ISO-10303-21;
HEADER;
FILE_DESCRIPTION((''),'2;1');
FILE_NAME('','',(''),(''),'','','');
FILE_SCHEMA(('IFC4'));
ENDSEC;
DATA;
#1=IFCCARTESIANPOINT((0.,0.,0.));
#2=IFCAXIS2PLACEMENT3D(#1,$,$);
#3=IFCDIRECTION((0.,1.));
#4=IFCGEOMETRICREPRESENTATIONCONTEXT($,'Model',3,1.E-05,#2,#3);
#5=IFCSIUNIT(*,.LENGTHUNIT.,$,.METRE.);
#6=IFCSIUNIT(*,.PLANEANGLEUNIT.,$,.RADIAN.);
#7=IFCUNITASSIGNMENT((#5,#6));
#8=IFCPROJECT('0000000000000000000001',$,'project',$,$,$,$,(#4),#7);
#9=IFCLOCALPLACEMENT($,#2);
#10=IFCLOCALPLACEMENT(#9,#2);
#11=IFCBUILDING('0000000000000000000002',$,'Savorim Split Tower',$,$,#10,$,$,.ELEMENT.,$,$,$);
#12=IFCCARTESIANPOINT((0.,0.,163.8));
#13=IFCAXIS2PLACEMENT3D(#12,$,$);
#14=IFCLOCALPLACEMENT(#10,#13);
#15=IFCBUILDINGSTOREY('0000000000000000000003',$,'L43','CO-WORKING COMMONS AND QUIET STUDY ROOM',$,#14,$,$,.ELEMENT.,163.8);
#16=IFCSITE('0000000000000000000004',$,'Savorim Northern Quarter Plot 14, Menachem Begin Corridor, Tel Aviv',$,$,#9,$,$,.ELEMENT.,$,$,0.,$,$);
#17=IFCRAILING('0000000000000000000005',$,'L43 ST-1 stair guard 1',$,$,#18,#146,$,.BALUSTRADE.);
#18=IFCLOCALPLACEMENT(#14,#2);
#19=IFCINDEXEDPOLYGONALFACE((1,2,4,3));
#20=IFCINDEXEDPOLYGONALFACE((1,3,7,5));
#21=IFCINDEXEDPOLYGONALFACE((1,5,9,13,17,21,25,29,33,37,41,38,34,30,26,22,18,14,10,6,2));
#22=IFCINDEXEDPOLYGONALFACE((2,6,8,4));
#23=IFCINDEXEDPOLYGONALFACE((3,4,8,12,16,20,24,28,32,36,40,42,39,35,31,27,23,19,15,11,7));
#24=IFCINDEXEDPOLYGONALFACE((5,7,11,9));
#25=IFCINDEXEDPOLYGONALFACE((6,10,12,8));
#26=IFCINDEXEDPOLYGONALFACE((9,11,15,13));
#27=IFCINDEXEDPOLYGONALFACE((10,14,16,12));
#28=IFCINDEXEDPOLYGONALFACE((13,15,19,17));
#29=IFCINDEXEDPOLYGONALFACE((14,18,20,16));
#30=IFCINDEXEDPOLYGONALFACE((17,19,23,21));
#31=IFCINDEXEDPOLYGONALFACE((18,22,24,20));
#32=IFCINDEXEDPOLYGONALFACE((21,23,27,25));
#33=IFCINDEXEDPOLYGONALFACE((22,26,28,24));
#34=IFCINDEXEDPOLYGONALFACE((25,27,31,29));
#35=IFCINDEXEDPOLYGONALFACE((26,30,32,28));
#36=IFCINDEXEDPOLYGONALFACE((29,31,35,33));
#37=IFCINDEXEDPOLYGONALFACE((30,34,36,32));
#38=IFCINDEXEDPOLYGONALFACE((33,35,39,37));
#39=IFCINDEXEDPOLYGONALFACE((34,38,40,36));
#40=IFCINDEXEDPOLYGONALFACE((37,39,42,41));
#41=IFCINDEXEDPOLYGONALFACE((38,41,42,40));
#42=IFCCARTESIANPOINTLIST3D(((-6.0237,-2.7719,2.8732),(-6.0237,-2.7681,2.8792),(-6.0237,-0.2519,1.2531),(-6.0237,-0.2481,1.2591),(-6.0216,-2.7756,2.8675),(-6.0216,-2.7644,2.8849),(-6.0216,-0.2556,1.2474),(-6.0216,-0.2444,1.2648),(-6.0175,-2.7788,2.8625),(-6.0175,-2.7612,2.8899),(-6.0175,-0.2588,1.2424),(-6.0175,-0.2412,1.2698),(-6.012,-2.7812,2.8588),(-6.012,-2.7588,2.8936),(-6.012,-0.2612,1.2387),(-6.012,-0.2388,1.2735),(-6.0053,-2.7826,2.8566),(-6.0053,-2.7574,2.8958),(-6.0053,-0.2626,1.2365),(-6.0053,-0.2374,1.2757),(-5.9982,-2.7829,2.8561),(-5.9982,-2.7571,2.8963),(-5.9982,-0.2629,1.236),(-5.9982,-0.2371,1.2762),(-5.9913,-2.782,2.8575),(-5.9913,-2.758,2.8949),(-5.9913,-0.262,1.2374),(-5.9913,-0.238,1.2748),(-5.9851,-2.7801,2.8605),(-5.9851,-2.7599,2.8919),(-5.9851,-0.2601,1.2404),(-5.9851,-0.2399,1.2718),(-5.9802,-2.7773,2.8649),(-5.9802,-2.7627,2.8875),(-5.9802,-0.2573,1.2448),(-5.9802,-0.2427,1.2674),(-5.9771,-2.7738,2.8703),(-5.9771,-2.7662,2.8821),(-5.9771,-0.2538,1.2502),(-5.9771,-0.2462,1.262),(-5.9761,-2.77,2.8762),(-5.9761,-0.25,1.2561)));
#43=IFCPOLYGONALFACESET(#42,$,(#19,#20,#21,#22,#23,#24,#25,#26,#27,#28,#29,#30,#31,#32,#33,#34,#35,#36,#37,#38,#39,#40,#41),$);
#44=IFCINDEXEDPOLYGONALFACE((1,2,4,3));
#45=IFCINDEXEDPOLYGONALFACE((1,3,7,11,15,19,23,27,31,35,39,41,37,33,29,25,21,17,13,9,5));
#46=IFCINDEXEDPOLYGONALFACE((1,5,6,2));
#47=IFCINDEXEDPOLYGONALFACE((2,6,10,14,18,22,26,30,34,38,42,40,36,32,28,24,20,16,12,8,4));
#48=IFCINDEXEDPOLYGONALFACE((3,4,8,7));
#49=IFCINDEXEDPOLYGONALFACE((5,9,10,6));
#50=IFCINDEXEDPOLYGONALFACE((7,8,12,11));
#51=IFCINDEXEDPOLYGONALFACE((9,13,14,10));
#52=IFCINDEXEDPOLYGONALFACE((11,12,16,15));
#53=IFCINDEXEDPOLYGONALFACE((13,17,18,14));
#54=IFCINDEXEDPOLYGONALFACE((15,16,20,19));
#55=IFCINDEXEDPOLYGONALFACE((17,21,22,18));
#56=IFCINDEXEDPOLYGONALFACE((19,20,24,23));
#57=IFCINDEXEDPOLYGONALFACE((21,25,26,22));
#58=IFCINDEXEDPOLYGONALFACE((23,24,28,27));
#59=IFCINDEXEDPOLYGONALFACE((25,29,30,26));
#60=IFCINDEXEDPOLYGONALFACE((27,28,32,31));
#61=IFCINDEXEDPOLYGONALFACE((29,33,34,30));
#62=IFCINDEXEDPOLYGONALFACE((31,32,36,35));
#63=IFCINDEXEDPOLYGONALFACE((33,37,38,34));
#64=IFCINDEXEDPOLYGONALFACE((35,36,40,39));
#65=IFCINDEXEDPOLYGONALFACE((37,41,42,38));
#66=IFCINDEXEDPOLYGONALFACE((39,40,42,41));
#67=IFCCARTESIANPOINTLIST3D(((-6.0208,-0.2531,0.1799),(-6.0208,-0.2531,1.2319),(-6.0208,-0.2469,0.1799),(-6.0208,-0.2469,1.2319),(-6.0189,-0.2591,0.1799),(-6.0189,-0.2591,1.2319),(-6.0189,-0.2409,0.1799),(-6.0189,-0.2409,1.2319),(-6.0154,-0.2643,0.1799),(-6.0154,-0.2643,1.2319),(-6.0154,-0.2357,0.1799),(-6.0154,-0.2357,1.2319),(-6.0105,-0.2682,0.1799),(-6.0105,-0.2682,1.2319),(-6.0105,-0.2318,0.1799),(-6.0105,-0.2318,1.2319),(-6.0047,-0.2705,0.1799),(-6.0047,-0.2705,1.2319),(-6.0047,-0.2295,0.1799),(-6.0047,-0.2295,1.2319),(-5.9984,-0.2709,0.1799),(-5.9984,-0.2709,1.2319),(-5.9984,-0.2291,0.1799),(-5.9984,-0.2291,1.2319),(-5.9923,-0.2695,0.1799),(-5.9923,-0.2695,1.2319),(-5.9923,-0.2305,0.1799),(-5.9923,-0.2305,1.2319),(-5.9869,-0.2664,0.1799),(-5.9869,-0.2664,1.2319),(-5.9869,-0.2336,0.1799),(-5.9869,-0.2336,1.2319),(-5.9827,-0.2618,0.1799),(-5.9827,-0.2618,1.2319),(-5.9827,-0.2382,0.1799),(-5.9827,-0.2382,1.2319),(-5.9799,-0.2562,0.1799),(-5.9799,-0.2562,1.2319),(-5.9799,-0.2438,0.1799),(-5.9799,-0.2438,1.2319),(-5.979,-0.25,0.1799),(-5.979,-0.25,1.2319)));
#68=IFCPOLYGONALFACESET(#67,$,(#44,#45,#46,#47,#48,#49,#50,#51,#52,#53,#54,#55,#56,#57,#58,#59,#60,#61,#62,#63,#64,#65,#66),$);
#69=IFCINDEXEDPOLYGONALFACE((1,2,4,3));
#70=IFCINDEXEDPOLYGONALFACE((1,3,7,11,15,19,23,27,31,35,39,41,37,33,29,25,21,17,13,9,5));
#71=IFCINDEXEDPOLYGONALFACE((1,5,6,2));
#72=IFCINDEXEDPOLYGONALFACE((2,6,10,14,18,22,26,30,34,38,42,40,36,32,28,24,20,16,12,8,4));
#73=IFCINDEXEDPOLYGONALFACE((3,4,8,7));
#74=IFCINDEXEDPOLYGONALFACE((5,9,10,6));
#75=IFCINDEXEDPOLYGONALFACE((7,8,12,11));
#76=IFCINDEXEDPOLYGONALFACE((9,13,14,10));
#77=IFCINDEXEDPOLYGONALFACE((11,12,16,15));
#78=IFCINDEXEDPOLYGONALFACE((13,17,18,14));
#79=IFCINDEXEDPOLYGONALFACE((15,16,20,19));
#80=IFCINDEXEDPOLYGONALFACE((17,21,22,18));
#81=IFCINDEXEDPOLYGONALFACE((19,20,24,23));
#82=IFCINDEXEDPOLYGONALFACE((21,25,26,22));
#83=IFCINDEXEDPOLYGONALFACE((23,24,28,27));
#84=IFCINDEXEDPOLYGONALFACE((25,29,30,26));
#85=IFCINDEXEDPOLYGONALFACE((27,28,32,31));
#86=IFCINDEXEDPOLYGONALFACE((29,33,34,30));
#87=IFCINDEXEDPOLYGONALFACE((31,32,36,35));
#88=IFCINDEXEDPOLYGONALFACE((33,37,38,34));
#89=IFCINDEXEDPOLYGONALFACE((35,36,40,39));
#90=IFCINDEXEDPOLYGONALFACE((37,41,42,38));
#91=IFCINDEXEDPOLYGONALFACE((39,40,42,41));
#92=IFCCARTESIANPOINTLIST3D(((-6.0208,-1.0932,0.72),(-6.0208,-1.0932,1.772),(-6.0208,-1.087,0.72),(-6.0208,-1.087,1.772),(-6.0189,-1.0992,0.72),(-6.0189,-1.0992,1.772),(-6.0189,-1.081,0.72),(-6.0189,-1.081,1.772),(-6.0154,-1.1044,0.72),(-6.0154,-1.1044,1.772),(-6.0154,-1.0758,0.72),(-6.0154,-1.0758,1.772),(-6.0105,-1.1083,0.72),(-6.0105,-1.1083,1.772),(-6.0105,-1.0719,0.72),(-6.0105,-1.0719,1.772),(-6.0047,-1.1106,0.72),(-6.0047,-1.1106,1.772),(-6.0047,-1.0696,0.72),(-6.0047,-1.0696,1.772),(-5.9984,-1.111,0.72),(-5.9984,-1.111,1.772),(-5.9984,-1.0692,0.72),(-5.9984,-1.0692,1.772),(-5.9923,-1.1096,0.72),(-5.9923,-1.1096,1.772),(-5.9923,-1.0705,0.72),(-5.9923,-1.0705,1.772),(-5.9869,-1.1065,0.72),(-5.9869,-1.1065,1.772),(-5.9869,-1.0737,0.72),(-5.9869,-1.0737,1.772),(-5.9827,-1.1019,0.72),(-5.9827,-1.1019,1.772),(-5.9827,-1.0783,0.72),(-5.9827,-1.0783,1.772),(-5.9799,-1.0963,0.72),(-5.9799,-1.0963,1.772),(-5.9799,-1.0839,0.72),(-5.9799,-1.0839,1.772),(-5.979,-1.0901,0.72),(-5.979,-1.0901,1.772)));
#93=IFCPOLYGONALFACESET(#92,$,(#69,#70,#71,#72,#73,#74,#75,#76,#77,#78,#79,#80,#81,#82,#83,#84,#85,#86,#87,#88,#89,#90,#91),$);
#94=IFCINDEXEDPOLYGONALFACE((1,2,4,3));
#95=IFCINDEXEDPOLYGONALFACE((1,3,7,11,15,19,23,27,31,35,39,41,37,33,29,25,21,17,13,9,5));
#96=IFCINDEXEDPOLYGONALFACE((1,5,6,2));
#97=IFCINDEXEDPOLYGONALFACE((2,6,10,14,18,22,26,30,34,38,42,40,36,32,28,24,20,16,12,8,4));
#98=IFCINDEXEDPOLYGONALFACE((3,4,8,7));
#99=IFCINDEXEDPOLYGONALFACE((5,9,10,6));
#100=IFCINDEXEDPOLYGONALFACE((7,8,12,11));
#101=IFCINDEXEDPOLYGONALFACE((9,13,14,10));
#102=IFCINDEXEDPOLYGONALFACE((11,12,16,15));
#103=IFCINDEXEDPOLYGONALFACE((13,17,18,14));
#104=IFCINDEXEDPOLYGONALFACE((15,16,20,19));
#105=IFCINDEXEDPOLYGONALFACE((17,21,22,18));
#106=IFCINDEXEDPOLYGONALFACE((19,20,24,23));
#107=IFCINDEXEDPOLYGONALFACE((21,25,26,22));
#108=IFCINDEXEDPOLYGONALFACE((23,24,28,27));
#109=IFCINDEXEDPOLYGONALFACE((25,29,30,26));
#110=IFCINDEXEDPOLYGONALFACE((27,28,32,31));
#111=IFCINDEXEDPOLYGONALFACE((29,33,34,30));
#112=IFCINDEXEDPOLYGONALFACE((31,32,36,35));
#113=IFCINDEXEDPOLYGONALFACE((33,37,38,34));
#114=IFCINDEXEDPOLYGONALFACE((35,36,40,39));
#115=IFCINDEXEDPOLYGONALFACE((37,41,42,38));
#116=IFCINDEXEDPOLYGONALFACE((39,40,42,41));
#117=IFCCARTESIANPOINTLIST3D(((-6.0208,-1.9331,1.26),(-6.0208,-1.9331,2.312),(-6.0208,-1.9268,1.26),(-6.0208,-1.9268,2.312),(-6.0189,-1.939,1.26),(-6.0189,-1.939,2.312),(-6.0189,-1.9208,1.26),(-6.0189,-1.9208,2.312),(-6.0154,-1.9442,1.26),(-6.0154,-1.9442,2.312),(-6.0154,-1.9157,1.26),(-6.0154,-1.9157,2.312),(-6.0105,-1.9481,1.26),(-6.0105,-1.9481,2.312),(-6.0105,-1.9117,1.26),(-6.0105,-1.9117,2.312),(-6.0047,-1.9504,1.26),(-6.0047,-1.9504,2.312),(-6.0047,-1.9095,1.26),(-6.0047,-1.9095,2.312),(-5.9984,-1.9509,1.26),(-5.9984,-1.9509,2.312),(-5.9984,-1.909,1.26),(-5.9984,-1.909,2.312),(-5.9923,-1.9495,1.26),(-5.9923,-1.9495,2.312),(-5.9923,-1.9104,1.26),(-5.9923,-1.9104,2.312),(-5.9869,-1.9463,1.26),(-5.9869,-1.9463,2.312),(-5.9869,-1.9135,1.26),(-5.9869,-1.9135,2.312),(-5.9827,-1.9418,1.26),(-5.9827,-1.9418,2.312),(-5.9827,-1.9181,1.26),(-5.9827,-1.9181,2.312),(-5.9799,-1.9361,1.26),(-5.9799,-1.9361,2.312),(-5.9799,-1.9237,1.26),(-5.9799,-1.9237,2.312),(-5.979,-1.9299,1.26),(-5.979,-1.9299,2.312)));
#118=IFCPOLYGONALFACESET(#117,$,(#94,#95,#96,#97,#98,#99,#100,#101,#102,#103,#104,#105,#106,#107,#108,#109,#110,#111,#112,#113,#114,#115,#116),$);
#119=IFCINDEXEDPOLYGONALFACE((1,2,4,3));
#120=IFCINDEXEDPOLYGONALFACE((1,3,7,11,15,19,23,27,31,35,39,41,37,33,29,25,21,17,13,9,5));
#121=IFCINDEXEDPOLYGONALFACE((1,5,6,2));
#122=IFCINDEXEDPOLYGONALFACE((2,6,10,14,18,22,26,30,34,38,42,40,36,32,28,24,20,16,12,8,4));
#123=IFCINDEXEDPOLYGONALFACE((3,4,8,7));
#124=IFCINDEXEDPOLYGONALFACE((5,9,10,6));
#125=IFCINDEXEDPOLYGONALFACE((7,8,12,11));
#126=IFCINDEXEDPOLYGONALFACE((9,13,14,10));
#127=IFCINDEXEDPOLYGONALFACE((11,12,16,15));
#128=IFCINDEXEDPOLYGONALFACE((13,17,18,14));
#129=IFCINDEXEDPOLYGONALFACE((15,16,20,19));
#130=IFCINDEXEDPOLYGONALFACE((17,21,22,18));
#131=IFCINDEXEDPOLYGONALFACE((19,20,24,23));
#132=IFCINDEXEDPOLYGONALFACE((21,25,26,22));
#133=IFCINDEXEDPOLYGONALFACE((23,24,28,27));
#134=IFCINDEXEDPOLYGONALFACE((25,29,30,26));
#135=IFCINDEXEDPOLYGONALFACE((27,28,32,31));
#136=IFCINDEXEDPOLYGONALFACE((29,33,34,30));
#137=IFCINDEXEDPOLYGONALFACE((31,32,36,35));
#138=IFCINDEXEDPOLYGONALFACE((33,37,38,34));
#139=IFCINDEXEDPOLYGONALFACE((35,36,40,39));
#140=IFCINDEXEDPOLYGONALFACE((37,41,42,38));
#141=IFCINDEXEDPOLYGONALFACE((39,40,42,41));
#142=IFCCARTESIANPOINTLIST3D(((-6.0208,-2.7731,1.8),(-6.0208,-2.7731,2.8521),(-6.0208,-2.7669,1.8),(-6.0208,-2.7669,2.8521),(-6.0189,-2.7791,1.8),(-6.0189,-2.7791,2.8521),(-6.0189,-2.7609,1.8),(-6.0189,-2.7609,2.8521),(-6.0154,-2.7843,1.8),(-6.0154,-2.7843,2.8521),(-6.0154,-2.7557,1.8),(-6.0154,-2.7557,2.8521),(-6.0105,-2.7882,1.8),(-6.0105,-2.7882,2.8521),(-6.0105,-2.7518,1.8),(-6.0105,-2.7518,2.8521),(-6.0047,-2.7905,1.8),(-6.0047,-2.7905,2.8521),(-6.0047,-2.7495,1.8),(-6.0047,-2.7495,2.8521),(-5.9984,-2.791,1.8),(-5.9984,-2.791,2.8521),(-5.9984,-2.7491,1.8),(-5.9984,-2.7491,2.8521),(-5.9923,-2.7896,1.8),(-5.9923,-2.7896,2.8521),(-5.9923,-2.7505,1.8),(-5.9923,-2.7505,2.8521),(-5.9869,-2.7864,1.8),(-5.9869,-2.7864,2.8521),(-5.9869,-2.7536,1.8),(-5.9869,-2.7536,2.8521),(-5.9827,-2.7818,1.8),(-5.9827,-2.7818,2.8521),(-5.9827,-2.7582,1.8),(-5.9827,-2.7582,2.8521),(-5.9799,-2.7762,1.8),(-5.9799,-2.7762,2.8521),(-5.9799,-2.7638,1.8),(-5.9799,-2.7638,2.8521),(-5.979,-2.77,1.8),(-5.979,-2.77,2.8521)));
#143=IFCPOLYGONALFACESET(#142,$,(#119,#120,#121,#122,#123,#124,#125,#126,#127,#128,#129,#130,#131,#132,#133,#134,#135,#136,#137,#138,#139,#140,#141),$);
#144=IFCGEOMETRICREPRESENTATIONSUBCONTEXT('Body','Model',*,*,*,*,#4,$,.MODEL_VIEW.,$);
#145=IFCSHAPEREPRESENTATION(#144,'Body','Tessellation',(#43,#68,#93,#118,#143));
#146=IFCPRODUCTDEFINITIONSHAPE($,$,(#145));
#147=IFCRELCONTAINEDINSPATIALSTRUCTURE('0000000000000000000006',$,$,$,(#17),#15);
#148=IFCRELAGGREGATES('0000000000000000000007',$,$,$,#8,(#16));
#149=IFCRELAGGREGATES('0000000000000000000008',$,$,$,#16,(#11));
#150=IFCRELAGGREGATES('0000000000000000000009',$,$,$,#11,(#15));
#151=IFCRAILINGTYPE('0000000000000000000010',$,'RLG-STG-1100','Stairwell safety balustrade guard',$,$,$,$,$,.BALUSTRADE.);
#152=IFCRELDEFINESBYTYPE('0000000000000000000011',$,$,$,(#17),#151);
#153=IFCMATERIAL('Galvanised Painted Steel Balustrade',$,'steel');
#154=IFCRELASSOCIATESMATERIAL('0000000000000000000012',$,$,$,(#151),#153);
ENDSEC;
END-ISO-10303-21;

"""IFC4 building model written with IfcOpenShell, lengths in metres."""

from ifc_helpers import new_model, si_unit, direction, frame, origin, origin_2d, place, context, subcontext, project, spatial, circle, extrude, material, type_object, element, save


model = new_model("IFC4")

# Units and contexts
model_context = context("Model", 3, precision=1e-05, world=origin(), true_north=direction((0.0, 1.0)))
body_context = subcontext(model_context, "Body", "Model", "MODEL_VIEW")
ifc_project = project(units=[si_unit("LENGTHUNIT", "METRE"), si_unit("PLANEANGLEUNIT", "RADIAN")], contexts=[model_context])

# Site, building, storey
site_placement = place(None, origin())
site = spatial("IfcSite", under=ifc_project, at=site_placement, Name="Savorim Northern Quarter Plot 14, Menachem Begin Corridor, Tel Aviv", CompositionType="ELEMENT", RefElevation=0.0)
building_placement = place(site_placement, origin())
building = spatial("IfcBuilding", under=site, at=building_placement, Name="Savorim Split Tower", CompositionType="ELEMENT")
storey_placement = place(building_placement, frame((0.0, 0.0, 163.8)))
storey = spatial("IfcBuildingStorey", under=building, at=storey_placement, Name="L43", Description="CO-WORKING COMMONS AND QUIET STUDY ROOM", CompositionType="ELEMENT", Elevation=163.8)

# Railing
ifc_material_1 = material(Name="Galvanised Painted Steel Balustrade", Category="steel")
railing_type_1 = type_object("IfcRailingType", Name="RLG-STG-1100", Description="Stairwell safety balustrade guard", PredefinedType="BALUSTRADE", material=ifc_material_1)
railing_1_placement = place(storey_placement, frame((-6.0, -0.25, 0.1799)))
element("IfcRailing", 1, at=railing_1_placement, inside=storey, type_object=railing_type_1, Name="L43 ST-1 stair guard 1", PredefinedType="BALUSTRADE", context=body_context, shape_type="SweptSolid", body=[
    extrude(circle(Radius=0.0239, at=origin_2d()), frame((0.0, 0.0, 1.0762), z_axis=(0.0, -0.841163, 0.540782), x_axis=(1.0, 0.0, 0.0)), (0.0, 0.0, 1.0), 2.9958),
    extrude(circle(Radius=0.021, at=origin_2d()), origin(), (0.0, 0.0, 1.0), 1.052),
    extrude(circle(Radius=0.021, at=origin_2d()), frame((0.0, -0.8401, 0.54)), (0.0, 0.0, 1.0), 1.052),
    extrude(circle(Radius=0.021, at=origin_2d()), frame((0.0, -1.6799, 1.0801)), (0.0, 0.0, 1.0), 1.052),
    extrude(circle(Radius=0.021, at=origin_2d()), frame((0.0, -2.52, 1.6201)), (0.0, 0.0, 1.0), 1.052),
])

save(model, "model.ifc")
